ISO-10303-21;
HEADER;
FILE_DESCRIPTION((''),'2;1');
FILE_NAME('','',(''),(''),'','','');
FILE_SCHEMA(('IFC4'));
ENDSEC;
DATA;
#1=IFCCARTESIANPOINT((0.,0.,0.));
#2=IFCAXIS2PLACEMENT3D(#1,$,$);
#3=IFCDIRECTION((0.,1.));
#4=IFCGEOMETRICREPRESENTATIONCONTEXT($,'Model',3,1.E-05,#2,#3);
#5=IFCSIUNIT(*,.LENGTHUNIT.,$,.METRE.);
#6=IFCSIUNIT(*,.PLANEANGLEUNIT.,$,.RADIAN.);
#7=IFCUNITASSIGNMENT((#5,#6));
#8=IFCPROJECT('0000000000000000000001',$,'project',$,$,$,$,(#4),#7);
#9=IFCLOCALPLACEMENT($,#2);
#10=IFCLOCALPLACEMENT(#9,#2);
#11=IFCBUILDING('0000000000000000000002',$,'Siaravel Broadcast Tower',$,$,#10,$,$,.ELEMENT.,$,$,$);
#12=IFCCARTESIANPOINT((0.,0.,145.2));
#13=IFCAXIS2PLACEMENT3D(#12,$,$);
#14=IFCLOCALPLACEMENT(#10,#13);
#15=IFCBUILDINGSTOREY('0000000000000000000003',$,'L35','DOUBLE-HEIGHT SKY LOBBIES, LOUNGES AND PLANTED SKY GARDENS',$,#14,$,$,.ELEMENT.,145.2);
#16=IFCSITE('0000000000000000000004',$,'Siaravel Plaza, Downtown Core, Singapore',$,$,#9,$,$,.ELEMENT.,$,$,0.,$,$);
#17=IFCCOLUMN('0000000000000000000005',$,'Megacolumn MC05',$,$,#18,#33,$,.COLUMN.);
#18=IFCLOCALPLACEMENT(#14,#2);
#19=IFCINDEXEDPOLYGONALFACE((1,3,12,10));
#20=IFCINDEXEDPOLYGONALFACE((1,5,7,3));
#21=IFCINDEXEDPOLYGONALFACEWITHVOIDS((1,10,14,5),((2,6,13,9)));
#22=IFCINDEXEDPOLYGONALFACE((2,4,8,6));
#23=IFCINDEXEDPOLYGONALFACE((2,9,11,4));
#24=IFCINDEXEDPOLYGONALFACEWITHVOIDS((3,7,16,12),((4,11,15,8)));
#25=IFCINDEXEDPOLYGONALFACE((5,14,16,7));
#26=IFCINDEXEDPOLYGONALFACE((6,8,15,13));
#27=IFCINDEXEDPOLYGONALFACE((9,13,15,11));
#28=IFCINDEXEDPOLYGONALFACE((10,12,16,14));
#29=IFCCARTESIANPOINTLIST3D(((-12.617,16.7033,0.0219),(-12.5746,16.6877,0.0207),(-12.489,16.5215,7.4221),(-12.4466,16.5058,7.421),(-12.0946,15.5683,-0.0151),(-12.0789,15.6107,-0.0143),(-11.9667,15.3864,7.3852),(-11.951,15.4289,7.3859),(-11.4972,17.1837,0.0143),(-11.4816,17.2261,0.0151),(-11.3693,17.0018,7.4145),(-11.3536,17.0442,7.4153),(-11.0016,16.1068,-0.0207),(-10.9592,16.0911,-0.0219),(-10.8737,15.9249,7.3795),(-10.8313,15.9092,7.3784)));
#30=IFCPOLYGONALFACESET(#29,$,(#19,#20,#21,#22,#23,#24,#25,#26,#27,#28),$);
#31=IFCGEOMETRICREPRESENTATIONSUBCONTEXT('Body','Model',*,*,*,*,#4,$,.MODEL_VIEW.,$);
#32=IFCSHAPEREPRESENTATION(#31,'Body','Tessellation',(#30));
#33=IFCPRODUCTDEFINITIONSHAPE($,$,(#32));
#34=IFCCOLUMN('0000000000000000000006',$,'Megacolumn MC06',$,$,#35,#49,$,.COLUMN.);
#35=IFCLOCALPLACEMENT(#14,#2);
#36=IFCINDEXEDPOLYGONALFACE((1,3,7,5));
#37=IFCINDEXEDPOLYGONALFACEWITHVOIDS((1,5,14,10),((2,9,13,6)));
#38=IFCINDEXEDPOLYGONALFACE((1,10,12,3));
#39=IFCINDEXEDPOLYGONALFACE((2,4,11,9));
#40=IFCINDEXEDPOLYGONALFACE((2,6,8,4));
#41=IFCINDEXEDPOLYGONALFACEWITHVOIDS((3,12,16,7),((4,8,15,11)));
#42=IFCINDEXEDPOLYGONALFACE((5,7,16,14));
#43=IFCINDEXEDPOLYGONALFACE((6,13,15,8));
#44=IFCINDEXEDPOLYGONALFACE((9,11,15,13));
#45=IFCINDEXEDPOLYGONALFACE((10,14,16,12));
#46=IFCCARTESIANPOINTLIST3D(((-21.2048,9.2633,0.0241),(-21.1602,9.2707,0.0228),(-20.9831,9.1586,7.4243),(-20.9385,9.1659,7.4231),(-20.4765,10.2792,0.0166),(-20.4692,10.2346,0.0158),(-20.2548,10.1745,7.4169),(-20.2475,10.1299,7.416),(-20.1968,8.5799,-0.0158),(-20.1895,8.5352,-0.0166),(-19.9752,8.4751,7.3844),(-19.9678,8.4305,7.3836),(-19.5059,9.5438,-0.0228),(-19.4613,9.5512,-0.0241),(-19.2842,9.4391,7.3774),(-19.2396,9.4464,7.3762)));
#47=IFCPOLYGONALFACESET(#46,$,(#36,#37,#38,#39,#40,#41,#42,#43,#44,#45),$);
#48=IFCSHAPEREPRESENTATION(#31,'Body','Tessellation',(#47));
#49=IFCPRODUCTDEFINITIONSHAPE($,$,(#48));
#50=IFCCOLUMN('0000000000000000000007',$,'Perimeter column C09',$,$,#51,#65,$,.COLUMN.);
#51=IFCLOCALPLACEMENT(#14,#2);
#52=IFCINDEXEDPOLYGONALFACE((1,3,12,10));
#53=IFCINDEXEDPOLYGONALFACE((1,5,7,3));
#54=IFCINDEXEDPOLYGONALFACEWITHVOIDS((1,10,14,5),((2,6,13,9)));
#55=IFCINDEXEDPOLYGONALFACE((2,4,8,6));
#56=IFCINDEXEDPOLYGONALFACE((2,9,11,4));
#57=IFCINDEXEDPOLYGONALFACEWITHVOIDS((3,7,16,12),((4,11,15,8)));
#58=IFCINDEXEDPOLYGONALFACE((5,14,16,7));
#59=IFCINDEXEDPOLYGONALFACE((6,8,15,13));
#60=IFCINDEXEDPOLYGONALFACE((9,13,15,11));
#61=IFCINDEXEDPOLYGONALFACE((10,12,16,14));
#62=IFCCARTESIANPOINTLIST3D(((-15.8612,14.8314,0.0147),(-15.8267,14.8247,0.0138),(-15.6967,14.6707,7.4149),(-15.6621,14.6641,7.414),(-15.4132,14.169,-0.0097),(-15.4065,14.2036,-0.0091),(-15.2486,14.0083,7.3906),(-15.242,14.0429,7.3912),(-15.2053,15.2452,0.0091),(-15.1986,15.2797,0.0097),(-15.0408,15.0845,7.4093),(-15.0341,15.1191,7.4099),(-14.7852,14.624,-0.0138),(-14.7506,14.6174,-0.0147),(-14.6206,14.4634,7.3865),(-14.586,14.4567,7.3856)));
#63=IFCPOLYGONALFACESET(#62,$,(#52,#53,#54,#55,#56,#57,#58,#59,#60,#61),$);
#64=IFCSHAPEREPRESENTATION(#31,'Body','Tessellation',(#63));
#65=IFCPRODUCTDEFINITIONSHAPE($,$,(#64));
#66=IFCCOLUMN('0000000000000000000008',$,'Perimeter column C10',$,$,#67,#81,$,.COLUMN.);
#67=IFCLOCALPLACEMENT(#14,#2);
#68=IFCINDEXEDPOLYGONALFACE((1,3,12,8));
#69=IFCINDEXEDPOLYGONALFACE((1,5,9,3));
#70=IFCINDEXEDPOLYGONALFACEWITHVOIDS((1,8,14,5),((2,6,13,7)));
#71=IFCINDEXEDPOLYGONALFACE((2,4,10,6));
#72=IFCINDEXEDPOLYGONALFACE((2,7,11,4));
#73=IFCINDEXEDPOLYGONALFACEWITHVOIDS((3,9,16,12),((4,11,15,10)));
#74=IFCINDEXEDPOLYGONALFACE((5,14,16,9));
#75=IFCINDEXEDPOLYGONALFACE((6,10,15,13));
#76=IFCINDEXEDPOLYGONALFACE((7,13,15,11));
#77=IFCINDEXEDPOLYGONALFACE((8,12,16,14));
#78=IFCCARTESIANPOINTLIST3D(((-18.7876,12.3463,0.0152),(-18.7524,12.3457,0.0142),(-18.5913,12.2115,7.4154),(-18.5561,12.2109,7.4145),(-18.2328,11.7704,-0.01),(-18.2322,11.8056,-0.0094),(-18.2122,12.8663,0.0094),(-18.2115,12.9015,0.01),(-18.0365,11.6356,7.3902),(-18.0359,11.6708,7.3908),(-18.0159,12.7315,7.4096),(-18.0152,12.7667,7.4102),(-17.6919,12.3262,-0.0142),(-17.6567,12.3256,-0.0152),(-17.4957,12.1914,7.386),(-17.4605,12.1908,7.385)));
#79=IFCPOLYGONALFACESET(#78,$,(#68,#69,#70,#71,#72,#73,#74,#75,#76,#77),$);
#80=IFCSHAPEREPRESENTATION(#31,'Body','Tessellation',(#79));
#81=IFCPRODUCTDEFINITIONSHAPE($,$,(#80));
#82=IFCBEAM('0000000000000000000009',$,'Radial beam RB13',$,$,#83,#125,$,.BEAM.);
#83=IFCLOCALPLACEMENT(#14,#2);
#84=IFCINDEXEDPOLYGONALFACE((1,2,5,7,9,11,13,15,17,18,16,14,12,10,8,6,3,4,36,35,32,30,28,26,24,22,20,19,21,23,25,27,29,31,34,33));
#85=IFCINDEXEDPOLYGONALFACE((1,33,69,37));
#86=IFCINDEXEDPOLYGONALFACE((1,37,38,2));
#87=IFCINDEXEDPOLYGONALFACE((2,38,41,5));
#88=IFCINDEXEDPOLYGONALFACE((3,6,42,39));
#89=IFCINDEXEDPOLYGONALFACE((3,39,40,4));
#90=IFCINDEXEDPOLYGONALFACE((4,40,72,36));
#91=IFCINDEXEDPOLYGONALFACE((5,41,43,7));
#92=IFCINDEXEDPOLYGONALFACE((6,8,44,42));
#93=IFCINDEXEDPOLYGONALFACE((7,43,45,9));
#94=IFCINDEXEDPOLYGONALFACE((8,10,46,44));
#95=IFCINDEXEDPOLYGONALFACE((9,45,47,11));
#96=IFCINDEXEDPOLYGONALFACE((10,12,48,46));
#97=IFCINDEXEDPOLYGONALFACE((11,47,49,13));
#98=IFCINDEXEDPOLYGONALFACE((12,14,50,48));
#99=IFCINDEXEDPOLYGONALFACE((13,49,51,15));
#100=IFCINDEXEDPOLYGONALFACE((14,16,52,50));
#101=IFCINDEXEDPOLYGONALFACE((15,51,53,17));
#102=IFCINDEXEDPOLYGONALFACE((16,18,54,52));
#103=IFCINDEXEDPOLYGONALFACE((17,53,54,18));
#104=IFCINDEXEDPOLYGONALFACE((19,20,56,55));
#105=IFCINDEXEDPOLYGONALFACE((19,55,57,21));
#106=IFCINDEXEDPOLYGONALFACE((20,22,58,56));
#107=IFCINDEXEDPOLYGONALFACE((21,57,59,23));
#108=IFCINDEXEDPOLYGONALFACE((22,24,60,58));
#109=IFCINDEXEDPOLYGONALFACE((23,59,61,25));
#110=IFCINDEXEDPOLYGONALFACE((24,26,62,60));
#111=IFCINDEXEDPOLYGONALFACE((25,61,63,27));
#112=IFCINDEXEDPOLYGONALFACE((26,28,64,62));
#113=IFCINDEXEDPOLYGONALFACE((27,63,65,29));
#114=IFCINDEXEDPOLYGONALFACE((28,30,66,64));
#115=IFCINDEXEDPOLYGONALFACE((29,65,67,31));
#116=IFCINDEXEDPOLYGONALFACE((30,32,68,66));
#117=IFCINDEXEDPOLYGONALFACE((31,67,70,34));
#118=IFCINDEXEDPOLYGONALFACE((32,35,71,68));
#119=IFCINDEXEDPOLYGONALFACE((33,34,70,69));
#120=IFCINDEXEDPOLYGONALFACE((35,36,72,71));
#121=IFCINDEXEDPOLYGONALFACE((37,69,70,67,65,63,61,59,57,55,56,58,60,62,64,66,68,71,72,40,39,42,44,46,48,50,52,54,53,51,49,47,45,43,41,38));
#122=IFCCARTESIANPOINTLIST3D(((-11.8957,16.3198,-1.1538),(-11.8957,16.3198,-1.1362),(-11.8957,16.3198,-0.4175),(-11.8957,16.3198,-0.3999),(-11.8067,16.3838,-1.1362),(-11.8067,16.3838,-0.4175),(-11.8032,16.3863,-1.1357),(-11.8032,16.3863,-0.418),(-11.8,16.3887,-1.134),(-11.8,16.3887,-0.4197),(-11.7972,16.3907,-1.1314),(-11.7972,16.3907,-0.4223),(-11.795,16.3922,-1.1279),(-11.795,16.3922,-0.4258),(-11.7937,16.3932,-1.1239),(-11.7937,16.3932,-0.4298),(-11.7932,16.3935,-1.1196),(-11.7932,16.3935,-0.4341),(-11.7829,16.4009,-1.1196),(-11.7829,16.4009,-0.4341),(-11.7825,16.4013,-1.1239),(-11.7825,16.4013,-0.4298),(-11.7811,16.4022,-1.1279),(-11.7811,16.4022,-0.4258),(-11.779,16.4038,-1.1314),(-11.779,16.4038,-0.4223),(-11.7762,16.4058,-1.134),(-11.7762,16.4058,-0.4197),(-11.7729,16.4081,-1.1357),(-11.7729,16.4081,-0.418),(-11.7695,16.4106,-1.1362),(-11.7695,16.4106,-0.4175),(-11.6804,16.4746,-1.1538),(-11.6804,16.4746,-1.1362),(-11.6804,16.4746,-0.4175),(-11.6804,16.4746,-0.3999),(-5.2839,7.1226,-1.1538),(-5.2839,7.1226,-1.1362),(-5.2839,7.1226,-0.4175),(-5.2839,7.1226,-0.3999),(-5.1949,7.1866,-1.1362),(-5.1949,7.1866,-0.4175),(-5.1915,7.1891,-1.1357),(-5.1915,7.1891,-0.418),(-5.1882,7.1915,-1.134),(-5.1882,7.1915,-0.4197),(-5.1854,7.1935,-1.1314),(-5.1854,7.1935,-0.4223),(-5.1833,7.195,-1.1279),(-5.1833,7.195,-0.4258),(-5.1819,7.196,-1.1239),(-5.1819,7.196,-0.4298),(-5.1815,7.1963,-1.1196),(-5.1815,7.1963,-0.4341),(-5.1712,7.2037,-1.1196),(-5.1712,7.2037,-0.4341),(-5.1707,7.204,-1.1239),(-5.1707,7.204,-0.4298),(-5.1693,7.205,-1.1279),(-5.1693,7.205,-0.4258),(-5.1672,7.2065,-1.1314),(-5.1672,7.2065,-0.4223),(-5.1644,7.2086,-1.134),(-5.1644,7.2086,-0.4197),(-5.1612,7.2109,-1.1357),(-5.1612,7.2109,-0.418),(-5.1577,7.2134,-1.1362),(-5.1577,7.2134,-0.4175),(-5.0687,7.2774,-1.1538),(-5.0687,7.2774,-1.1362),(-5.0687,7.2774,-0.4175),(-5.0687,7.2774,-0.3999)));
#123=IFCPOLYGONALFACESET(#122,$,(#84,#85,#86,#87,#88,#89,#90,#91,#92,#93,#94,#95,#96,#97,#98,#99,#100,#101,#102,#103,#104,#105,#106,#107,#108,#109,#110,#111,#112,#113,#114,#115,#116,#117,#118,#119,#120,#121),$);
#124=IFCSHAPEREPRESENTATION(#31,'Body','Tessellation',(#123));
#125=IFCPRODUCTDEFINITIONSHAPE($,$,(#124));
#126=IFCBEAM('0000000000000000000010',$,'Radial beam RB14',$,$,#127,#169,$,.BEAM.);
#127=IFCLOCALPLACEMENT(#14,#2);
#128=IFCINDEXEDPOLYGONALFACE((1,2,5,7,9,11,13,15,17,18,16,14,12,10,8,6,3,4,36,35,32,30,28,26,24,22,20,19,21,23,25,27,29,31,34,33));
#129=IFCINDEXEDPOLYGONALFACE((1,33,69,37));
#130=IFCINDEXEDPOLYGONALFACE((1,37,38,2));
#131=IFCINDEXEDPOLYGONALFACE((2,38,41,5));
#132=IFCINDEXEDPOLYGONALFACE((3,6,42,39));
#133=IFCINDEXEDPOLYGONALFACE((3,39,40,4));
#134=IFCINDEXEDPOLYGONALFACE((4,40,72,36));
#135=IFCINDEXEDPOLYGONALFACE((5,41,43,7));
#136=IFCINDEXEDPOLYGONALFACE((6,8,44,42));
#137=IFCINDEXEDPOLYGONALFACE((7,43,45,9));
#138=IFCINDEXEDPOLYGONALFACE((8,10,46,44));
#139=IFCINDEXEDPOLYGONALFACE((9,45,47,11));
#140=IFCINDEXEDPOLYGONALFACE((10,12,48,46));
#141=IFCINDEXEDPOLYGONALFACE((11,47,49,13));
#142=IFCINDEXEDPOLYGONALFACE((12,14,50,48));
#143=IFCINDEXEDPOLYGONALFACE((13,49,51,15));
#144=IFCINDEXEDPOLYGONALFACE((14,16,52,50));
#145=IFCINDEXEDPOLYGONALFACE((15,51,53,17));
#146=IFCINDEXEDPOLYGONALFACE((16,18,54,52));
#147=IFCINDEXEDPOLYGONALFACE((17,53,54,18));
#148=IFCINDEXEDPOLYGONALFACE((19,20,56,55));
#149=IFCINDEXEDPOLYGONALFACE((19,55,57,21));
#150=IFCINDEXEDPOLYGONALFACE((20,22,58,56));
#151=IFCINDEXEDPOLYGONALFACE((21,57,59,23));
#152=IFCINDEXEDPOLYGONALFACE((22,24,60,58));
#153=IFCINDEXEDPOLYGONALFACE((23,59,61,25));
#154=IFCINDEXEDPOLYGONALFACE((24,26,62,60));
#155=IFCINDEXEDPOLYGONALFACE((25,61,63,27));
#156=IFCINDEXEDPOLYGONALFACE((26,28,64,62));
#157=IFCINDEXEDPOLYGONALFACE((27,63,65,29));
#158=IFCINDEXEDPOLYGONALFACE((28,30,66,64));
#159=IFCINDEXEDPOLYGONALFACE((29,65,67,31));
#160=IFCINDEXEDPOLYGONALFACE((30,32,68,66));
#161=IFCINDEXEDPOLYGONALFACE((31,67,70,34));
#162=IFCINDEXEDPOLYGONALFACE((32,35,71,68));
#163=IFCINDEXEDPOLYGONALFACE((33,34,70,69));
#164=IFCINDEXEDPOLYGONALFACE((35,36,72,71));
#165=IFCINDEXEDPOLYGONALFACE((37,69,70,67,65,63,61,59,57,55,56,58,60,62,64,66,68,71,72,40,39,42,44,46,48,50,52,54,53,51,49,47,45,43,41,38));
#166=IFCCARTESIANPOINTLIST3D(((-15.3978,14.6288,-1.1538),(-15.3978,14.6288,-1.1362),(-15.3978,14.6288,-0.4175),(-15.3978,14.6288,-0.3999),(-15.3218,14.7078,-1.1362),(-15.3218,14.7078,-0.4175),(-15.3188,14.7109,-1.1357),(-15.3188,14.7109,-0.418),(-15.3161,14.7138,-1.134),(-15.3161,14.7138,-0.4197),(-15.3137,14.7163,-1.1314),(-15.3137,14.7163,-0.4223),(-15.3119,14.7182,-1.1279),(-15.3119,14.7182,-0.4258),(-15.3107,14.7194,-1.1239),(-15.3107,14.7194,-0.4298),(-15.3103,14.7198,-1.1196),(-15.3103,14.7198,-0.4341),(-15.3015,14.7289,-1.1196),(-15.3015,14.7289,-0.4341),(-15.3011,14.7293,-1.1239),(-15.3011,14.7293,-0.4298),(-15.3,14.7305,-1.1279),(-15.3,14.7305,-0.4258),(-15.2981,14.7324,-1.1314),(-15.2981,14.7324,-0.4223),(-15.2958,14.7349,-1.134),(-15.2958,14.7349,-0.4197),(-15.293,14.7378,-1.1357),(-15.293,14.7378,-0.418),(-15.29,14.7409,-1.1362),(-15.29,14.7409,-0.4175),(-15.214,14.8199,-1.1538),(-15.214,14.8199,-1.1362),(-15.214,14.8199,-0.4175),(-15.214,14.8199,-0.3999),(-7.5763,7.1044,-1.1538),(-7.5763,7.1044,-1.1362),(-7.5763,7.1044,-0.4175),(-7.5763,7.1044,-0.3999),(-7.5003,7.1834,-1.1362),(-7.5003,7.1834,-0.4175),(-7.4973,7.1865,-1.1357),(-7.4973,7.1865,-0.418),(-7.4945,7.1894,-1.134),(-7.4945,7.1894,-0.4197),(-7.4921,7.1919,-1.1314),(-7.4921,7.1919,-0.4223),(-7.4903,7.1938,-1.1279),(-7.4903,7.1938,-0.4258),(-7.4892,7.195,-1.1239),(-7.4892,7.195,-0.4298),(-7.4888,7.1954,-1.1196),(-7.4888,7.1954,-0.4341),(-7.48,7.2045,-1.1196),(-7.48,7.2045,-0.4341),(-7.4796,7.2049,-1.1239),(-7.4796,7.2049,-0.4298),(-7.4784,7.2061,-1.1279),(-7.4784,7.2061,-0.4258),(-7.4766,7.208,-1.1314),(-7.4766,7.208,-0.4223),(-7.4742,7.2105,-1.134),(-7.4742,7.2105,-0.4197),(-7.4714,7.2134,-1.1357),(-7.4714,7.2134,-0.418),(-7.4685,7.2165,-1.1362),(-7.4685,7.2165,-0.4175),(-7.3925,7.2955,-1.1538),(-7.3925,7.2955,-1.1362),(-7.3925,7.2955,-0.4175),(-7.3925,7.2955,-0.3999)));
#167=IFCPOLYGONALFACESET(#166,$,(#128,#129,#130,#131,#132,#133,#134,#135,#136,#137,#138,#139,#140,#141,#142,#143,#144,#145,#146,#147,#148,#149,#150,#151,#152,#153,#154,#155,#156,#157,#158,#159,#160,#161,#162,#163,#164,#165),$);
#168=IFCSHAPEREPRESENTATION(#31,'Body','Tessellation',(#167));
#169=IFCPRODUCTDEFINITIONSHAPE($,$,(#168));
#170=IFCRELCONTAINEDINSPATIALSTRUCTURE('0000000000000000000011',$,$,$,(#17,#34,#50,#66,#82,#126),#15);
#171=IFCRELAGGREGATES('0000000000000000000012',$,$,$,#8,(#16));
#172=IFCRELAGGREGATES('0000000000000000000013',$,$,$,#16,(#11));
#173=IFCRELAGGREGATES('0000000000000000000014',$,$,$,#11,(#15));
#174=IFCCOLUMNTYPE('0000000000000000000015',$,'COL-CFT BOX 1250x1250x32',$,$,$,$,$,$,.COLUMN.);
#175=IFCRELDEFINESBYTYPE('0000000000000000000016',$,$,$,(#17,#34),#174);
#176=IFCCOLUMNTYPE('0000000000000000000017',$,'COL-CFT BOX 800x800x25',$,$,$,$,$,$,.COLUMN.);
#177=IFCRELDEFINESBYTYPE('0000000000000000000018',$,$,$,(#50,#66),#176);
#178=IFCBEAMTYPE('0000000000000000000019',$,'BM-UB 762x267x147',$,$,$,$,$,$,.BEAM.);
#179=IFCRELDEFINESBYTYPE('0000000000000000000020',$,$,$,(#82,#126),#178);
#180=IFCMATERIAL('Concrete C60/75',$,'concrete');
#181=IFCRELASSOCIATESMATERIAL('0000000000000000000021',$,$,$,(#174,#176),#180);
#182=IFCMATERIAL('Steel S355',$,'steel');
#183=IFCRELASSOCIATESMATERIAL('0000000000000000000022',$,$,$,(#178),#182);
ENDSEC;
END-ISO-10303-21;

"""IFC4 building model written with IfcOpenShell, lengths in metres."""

from ifc_helpers import new_model, si_unit, direction, frame, origin, origin_2d, place, context, subcontext, project, spatial, hollow_rectangle, i_section, extrude, material, material_profile, profile_set, type_object, element, save


model = new_model("IFC4")

# Units and contexts
model_context = context("Model", 3, precision=1e-05, world=origin(), true_north=direction((0.0, 1.0)))
body_context = subcontext(model_context, "Body", "Model", "MODEL_VIEW")
ifc_project = project(units=[si_unit("LENGTHUNIT", "METRE"), si_unit("PLANEANGLEUNIT", "RADIAN")], contexts=[model_context])

# Site, building, storey
site_placement = place(None, origin())
site = spatial("IfcSite", under=ifc_project, at=site_placement, Name="Siaravel Plaza, Downtown Core, Singapore", CompositionType="ELEMENT", RefElevation=0.0)
building_placement = place(site_placement, origin())
building = spatial("IfcBuilding", under=site, at=building_placement, Name="Siaravel Broadcast Tower", CompositionType="ELEMENT")
storey_placement = place(building_placement, frame((0.0, 0.0, 145.2)))
storey = spatial("IfcBuildingStorey", under=building, at=storey_placement, Name="L35", Description="DOUBLE-HEIGHT SKY LOBBIES, LOUNGES AND PLANTED SKY GARDENS", CompositionType="ELEMENT", Elevation=145.2)

# Columns
ifc_material_1 = material(Name="Concrete C60/75", Category="concrete")
ifc_material_profile_1 = material_profile(ifc_material_1, hollow_rectangle(XDim=1.25, YDim=1.25, WallThickness=0.032, at=origin_2d()))
ifc_profile_set_1 = profile_set([ifc_material_profile_1], Name="Concrete C60/75")
column_type_1 = type_object("IfcColumnType", Name="COL-CFT BOX 1250x1250x32", PredefinedType="COLUMN", material=ifc_profile_set_1)
column_1_placement = place(storey_placement, frame((-11.7881, 16.3972, 0.0), z_axis=(0.01728, -0.024567, 0.999549), x_axis=(0.908331, 0.418217, -0.005424)))
element("IfcColumn", 1, at=column_1_placement, inside=storey, type_object=column_type_1, Name="Megacolumn MC05", PredefinedType="COLUMN", context=body_context, shape_type="SweptSolid", body=[
    extrude(hollow_rectangle(XDim=1.25, YDim=1.25, WallThickness=0.032, at=origin_2d()), origin(), (0.0, 0.0, 1.0), 7.4036),
])
column_2_placement = place(storey_placement, frame((-20.333, 9.4072, 0.0), z_axis=(0.02994, -0.014146, 0.999452), x_axis=(0.58259, 0.812745, -0.005949)))
element("IfcColumn", 2, at=column_2_placement, inside=storey, type_object=column_type_1, Name="Megacolumn MC06", PredefinedType="COLUMN", context=body_context, shape_type="SweptSolid", body=[
    extrude(hollow_rectangle(XDim=1.25, YDim=1.25, WallThickness=0.032, at=origin_2d()), origin(), (0.0, 0.0, 1.0), 7.4043),
])
ifc_material_profile_2 = material_profile(ifc_material_1, hollow_rectangle(XDim=0.8, YDim=0.8, WallThickness=0.0249, at=origin_2d()))
ifc_profile_set_2 = profile_set([ifc_material_profile_2], Name="Concrete C60/75")
column_type_2 = type_object("IfcColumnType", Name="COL-CFT BOX 800x800x25", PredefinedType="COLUMN", material=ifc_profile_set_2)
column_3_placement = place(storey_placement, frame((-15.3059, 14.7244, 0.0), z_axis=(0.022225, -0.021698, 0.999518), x_axis=(0.828185, 0.560421, -0.00625)))
element("IfcColumn", 3, at=column_3_placement, inside=storey, type_object=column_type_2, Name="Perimeter column C09", PredefinedType="COLUMN", context=body_context, shape_type="SweptSolid", body=[
    extrude(hollow_rectangle(XDim=0.8, YDim=0.8, WallThickness=0.0249, at=origin_2d()), origin(), (0.0, 0.0, 1.0), 7.4038),
])
column_4_placement = place(storey_placement, frame((-18.2222, 12.3359, 0.0), z_axis=(0.026511, -0.018202, 0.999483), x_axis=(0.720044, 0.693898, -0.006462)))
element("IfcColumn", 4, at=column_4_placement, inside=storey, type_object=column_type_2, Name="Perimeter column C10", PredefinedType="COLUMN", context=body_context, shape_type="SweptSolid", body=[
    extrude(hollow_rectangle(XDim=0.8, YDim=0.8, WallThickness=0.0249, at=origin_2d()), origin(), (0.0, 0.0, 1.0), 7.4041),
])

# Beams
ifc_material_2 = material(Name="Steel S355", Category="steel")
ifc_material_profile_3 = material_profile(ifc_material_2, i_section(OverallWidth=0.2651, OverallDepth=0.7539, WebThickness=0.0127, FlangeThickness=0.0176, FilletRadius=0.0166, at=origin_2d()))
ifc_profile_set_3 = profile_set([ifc_material_profile_3], Name="Steel S355")
beam_type = type_object("IfcBeamType", Name="BM-UB 762x267x147", PredefinedType="BEAM", material=ifc_profile_set_3)
beam_1_placement = place(storey_placement, frame((-11.7881, 16.3972, -0.7769), z_axis=(0.583711, -0.811962, 0.0), x_axis=(0.811962, 0.583711, 0.0)))
element("IfcBeam", 5, at=beam_1_placement, inside=storey, type_object=beam_type, Name="Radial beam RB13", PredefinedType="BEAM", context=body_context, shape_type="SweptSolid", body=[
    extrude(i_section(OverallWidth=0.2651, OverallDepth=0.7539, WebThickness=0.0127, FlangeThickness=0.0176, FilletRadius=0.0166, at=origin_2d()), origin(), (0.0, 0.0, 1.0), 11.3271),
])
beam_2_placement = place(storey_placement, frame((-15.3059, 14.7244, -0.7769), z_axis=(0.720662, -0.693286, 0.0), x_axis=(0.693286, 0.720662, 0.0)))
element("IfcBeam", 6, at=beam_2_placement, inside=storey, type_object=beam_type, Name="Radial beam RB14", PredefinedType="BEAM", context=body_context, shape_type="SweptSolid", body=[
    extrude(i_section(OverallWidth=0.2651, OverallDepth=0.7539, WebThickness=0.0127, FlangeThickness=0.0176, FilletRadius=0.0166, at=origin_2d()), origin(), (0.0, 0.0, 1.0), 10.8533),
])

save(model, "model.ifc")
